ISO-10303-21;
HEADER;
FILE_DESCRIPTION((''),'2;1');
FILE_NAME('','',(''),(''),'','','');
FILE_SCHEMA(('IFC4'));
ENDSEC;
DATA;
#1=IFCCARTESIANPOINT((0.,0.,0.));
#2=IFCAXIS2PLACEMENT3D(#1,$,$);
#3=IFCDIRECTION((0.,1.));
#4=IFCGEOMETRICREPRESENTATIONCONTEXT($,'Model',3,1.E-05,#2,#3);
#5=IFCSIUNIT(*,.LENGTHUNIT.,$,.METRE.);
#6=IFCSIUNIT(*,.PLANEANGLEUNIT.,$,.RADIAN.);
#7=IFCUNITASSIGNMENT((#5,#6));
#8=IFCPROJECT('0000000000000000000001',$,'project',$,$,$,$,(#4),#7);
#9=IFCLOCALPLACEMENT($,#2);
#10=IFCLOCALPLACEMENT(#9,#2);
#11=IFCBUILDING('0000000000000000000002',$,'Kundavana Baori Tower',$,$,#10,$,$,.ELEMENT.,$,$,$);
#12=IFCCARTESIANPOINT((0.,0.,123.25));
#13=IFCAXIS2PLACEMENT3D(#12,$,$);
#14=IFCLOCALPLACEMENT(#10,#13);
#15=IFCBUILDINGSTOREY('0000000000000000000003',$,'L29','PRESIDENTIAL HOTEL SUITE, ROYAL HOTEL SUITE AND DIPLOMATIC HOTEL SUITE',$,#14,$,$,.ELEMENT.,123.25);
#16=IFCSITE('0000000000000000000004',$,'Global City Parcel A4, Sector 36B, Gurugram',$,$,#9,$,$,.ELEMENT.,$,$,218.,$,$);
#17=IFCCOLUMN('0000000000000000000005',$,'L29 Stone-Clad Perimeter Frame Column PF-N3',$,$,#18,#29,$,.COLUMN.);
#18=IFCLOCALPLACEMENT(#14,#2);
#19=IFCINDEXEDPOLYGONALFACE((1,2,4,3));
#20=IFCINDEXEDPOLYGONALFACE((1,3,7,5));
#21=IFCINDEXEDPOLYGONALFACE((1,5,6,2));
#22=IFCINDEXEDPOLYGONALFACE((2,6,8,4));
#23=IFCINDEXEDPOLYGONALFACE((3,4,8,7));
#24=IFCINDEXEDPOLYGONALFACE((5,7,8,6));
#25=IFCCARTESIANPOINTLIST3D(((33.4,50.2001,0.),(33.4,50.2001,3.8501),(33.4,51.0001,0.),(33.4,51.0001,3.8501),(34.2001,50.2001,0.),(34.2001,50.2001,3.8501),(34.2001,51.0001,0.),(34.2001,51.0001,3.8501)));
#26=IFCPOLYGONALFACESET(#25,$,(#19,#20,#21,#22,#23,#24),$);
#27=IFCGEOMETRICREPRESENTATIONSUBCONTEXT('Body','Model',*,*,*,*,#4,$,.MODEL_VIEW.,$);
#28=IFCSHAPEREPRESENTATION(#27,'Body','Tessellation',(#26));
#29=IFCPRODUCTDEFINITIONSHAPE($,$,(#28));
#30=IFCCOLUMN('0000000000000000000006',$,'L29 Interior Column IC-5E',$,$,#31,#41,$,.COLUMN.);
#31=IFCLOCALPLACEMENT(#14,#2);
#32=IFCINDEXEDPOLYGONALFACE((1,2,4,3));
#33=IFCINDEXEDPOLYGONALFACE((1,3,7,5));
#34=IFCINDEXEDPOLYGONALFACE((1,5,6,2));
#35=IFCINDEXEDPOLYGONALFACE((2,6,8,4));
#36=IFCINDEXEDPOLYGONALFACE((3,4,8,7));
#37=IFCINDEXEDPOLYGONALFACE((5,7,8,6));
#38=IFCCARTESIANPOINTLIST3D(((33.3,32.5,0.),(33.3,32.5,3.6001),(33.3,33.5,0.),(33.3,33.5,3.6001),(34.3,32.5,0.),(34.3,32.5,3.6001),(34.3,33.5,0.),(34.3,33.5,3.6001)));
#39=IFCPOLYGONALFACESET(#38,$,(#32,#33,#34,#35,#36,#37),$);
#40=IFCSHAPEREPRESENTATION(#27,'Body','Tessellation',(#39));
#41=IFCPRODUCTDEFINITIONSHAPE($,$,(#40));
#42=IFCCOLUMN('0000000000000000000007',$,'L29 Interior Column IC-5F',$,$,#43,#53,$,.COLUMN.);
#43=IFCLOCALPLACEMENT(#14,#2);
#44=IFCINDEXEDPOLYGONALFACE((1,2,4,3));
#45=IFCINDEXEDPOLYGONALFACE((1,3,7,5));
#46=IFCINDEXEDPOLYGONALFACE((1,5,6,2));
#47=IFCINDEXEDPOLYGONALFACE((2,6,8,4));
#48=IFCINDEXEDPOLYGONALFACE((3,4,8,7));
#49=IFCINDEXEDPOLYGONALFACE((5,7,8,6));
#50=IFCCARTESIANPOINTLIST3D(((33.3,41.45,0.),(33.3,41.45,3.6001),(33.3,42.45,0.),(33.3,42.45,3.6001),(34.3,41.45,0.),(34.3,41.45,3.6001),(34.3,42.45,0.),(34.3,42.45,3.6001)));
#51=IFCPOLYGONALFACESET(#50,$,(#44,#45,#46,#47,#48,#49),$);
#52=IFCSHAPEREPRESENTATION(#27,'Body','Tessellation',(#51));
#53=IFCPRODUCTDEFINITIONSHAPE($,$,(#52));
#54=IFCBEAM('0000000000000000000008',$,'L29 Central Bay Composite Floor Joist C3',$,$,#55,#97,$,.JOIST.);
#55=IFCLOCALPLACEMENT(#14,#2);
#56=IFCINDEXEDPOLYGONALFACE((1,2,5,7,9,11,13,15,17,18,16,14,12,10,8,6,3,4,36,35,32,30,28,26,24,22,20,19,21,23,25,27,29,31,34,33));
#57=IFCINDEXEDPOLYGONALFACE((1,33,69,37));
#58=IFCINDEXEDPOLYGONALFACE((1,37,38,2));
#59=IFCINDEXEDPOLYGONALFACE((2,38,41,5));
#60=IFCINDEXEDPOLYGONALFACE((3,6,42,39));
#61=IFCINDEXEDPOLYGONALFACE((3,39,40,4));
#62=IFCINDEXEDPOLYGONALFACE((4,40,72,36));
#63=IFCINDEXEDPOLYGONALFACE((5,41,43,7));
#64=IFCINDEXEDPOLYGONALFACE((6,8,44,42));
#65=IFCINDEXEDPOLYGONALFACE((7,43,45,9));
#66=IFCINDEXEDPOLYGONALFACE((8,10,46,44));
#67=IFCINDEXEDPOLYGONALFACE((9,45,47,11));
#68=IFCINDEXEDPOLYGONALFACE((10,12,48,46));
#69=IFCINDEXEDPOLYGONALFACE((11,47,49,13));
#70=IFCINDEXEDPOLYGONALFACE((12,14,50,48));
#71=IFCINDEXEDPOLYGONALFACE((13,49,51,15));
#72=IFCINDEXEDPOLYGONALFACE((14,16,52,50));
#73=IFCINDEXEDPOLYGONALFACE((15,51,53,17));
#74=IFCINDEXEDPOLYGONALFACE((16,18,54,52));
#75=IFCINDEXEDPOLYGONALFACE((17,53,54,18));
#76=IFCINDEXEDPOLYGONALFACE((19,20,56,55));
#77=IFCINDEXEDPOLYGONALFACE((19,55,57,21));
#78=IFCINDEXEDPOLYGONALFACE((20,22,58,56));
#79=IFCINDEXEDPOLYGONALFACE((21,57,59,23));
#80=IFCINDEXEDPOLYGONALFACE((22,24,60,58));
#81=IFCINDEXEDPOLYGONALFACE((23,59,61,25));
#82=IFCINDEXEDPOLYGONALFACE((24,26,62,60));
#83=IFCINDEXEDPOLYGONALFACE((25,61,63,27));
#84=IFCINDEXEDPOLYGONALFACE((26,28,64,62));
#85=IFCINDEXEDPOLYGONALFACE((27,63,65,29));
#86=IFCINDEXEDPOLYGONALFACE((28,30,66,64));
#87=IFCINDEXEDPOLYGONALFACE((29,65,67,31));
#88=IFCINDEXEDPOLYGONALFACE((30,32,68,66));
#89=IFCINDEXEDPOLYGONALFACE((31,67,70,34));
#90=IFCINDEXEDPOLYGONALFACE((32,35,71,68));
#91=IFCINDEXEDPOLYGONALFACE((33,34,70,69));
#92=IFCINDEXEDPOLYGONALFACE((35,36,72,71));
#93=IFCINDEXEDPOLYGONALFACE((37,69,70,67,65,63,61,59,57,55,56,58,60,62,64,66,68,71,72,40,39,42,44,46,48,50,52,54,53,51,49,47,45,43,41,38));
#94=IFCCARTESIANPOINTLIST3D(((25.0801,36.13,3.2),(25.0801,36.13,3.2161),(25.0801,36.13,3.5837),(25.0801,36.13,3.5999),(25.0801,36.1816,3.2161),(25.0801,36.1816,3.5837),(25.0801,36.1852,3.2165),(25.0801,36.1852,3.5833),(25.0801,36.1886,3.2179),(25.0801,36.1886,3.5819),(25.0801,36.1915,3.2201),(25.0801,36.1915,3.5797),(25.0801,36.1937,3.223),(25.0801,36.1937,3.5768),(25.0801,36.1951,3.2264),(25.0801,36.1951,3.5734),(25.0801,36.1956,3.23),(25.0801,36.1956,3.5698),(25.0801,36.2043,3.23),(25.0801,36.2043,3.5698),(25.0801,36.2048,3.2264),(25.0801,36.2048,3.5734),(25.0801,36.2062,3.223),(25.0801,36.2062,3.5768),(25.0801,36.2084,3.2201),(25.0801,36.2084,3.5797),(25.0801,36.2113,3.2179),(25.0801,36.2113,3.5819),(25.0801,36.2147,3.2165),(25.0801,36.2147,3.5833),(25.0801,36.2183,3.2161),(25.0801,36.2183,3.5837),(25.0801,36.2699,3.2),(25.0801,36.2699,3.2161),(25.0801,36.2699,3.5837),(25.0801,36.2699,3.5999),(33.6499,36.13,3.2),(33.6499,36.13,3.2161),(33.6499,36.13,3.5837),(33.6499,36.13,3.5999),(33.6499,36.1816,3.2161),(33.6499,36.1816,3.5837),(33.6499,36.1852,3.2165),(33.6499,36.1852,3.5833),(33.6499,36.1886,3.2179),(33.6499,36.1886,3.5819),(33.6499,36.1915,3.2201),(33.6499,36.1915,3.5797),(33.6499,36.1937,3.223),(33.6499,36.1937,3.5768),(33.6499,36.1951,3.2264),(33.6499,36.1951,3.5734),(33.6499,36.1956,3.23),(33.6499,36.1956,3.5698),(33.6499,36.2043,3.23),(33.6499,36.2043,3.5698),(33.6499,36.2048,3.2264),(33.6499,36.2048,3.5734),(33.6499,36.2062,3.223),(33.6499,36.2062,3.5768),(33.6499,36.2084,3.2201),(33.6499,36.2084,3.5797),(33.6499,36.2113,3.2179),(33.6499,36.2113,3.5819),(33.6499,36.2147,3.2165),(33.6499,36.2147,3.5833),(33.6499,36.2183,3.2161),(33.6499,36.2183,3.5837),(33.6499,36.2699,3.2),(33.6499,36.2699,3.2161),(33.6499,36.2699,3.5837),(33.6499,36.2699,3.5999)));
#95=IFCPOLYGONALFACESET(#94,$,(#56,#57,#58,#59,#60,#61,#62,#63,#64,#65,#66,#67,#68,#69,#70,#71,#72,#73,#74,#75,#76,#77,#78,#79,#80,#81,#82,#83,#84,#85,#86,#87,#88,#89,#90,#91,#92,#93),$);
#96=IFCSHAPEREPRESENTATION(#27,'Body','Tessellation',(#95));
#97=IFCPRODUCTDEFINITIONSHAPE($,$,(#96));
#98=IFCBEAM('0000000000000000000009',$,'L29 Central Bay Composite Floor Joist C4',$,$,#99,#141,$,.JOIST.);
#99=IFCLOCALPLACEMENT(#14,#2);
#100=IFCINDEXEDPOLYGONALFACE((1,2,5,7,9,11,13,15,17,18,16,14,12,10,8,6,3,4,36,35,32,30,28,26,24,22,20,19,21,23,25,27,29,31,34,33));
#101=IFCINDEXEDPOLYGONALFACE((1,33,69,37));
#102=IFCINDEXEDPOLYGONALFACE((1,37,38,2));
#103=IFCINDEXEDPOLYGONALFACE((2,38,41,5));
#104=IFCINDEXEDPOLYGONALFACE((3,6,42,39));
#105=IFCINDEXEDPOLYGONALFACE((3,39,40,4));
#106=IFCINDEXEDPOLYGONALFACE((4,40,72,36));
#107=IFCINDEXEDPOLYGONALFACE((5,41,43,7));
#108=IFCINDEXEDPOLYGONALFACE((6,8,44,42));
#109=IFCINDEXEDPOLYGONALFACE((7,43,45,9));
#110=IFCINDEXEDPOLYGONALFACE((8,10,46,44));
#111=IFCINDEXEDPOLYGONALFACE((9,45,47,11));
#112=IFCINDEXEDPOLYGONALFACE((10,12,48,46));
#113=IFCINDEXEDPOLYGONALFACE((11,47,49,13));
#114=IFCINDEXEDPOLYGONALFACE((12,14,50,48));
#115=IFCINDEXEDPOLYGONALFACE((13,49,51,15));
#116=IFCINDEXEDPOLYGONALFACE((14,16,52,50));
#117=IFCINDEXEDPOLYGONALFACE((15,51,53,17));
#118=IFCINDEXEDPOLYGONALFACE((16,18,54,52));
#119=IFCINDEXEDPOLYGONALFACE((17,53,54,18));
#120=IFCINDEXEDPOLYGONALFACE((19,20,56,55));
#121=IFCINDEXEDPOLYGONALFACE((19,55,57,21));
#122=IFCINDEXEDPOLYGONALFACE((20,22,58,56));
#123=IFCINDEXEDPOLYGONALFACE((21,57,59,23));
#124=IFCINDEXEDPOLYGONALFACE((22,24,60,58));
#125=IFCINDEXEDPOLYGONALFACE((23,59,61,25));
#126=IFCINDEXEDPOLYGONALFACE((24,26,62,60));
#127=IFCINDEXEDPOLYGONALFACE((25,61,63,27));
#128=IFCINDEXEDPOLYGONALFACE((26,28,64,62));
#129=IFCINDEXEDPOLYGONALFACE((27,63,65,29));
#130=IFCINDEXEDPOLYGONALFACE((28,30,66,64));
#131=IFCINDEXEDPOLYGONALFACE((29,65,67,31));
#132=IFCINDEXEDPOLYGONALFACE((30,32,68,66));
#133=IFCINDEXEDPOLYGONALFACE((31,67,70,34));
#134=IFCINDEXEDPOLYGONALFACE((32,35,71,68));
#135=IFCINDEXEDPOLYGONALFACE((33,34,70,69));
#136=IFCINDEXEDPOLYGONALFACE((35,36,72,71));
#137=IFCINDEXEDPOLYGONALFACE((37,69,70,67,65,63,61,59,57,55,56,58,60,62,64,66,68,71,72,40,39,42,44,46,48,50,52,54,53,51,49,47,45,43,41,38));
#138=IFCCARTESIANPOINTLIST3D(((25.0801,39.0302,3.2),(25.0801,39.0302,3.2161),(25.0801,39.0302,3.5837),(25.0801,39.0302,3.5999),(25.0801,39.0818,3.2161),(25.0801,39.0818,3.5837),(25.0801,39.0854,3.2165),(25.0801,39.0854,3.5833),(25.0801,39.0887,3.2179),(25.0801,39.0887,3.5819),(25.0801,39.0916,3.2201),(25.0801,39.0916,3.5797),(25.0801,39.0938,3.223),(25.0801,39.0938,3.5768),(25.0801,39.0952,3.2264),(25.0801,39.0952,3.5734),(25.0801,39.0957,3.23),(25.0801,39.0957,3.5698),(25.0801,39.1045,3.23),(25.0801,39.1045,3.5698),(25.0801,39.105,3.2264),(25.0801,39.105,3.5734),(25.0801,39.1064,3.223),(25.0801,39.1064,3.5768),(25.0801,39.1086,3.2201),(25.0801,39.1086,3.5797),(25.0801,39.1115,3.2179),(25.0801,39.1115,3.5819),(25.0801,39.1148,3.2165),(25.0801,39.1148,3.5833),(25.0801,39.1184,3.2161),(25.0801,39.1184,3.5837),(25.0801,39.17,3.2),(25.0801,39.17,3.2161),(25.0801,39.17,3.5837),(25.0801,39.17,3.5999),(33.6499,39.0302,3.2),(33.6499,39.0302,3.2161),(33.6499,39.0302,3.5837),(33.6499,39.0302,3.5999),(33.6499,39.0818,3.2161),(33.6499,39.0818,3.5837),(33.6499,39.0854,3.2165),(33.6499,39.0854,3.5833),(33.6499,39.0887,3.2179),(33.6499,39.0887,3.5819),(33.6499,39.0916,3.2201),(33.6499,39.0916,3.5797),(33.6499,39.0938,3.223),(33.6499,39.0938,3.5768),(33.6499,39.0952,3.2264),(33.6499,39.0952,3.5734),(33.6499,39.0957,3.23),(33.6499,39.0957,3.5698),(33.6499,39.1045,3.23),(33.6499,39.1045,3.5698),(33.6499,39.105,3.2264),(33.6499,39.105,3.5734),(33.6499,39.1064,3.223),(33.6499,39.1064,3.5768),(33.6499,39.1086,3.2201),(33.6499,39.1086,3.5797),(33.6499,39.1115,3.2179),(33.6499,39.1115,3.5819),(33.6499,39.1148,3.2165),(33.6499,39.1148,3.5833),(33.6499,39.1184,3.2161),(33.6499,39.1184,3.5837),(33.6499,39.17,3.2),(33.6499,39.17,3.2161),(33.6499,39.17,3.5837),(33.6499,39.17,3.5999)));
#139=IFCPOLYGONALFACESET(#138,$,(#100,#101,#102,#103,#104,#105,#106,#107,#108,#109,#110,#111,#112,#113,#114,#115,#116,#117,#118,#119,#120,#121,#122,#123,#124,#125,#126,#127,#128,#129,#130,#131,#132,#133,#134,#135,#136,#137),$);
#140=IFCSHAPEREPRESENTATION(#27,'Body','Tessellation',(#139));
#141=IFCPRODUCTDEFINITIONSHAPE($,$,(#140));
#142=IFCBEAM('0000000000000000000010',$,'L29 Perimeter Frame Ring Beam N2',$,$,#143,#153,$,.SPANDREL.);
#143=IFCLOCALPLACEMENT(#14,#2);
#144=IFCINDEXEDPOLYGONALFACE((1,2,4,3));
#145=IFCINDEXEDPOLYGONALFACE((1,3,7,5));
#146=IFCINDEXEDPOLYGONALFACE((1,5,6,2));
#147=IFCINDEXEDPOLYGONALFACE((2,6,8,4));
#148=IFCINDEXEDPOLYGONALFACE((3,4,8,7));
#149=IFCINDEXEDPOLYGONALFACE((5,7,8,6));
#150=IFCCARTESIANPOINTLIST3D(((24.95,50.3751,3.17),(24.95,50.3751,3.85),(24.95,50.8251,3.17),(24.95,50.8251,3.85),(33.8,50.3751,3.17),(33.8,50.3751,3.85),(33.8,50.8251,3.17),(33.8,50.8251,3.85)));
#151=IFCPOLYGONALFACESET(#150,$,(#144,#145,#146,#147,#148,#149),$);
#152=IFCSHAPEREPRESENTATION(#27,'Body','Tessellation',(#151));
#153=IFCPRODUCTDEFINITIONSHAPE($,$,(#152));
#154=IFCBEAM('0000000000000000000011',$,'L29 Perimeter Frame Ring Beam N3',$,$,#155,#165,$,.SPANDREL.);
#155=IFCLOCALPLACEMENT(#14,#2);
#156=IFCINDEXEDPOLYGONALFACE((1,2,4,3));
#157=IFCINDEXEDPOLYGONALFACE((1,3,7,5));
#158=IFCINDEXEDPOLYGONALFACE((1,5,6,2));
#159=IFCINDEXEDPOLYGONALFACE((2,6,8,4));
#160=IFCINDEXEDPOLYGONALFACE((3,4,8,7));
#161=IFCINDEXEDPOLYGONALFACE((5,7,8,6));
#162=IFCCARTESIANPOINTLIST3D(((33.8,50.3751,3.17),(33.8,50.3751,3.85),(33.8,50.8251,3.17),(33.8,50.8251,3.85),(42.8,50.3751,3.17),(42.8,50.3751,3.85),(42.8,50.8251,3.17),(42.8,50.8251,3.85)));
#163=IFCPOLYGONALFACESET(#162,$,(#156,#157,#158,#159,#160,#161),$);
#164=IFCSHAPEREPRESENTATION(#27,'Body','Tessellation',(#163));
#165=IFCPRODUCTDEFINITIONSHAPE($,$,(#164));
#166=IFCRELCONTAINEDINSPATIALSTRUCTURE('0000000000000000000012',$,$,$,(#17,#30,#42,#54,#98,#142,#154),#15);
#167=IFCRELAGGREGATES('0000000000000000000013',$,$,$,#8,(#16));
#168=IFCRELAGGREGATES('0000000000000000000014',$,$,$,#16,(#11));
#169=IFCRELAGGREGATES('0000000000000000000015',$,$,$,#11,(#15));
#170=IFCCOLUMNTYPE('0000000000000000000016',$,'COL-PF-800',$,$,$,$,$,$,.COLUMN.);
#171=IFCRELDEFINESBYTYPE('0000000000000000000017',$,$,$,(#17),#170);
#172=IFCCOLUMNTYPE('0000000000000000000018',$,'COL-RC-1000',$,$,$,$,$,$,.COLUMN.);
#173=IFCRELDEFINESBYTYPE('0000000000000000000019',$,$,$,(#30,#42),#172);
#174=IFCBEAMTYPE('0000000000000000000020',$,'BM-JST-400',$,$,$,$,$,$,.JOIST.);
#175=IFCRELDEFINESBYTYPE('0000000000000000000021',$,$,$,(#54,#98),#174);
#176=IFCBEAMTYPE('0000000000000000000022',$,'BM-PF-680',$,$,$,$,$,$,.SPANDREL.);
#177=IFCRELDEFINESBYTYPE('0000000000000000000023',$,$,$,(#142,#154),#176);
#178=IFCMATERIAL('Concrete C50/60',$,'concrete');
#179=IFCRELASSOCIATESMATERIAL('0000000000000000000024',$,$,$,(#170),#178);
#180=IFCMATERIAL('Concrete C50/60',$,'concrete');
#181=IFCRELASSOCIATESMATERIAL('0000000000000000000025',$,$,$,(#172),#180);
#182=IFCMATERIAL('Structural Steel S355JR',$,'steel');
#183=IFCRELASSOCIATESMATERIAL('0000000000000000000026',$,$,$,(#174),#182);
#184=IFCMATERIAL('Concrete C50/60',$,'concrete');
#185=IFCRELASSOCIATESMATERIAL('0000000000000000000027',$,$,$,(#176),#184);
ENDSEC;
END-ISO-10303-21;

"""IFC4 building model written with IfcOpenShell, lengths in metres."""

from ifc_helpers import new_model, si_unit, direction, frame, origin, origin_2d, place, context, subcontext, project, spatial, rectangle, i_section, extrude, material, material_profile, profile_set, type_object, element, save


model = new_model("IFC4")

# Units and contexts
model_context = context("Model", 3, precision=1e-05, world=origin(), true_north=direction((0.0, 1.0)))
body_context = subcontext(model_context, "Body", "Model", "MODEL_VIEW")
ifc_project = project(units=[si_unit("LENGTHUNIT", "METRE"), si_unit("PLANEANGLEUNIT", "RADIAN")], contexts=[model_context])

# Site, building, storey
site_placement = place(None, origin())
site = spatial("IfcSite", under=ifc_project, at=site_placement, Name="Global City Parcel A4, Sector 36B, Gurugram", CompositionType="ELEMENT", RefElevation=218.0)
building_placement = place(site_placement, origin())
building = spatial("IfcBuilding", under=site, at=building_placement, Name="Kundavana Baori Tower", CompositionType="ELEMENT")
storey_placement = place(building_placement, frame((0.0, 0.0, 123.25)))
storey = spatial("IfcBuildingStorey", under=building, at=storey_placement, Name="L29", Description="PRESIDENTIAL HOTEL SUITE, ROYAL HOTEL SUITE AND DIPLOMATIC HOTEL SUITE", CompositionType="ELEMENT", Elevation=123.25)

# Columns
ifc_material_1 = material(Name="Concrete C50/60", Category="concrete")
ifc_material_profile_1 = material_profile(ifc_material_1, rectangle(XDim=0.8, YDim=0.8, at=origin_2d()), Name="RC PF 800x800")
ifc_profile_set_1 = profile_set([ifc_material_profile_1], Name="Concrete C50/60")
column_type_1 = type_object("IfcColumnType", Name="COL-PF-800", PredefinedType="COLUMN", material=ifc_profile_set_1)
column_placement = place(storey_placement, frame((33.8, 50.6001, 0.0), z_axis=(0.0, 0.0, 1.0), x_axis=(1.0, 0.0, 0.0)))
element("IfcColumn", 1, at=column_placement, inside=storey, type_object=column_type_1, Name="L29 Stone-Clad Perimeter Frame Column PF-N3", PredefinedType="COLUMN", context=body_context, shape_type="SweptSolid", body=[
    extrude(rectangle(XDim=0.8, YDim=0.8, at=origin_2d()), origin(), (0.0, 0.0, 1.0), 3.8501),
])
ifc_material_2 = material(Name="Concrete C50/60", Category="concrete")
ifc_material_profile_2 = material_profile(ifc_material_2, rectangle(XDim=1.0, YDim=1.0, at=origin_2d()), Name="RC 1000x1000")
ifc_profile_set_2 = profile_set([ifc_material_profile_2], Name="Concrete C50/60")
column_type_2 = type_object("IfcColumnType", Name="COL-RC-1000", PredefinedType="COLUMN", material=ifc_profile_set_2)
for number, where, z_axis, x_axis, name in (
    (2, (33.8, 33.0, 0.0), (0.0, 0.0, 1.0), (1.0, 0.0, 0.0), "L29 Interior Column IC-5E"),
    (3, (33.8, 41.95, 0.0), (0.0, 0.0, 1.0), (1.0, 0.0, 0.0), "L29 Interior Column IC-5F"),
):
    element("IfcColumn", number, at=place(storey_placement, frame(where, z_axis=z_axis, x_axis=x_axis)), inside=storey, type_object=column_type_2, Name=name, PredefinedType="COLUMN", context=body_context, shape_type="SweptSolid", body=[
        extrude(rectangle(XDim=1.0, YDim=1.0, at=origin_2d()), origin(), (0.0, 0.0, 1.0), 3.6001),
    ])

# Beams
ifc_material_3 = material(Name="Structural Steel S355JR", Category="steel")
ifc_material_profile_3 = material_profile(ifc_material_3, i_section(OverallWidth=0.1399, OverallDepth=0.3999, WebThickness=0.0088, FlangeThickness=0.0161, FilletRadius=0.0139, at=origin_2d()), Name="ISMB 400")
ifc_profile_set_3 = profile_set([ifc_material_profile_3], Name="Structural Steel S355JR")
beam_type_1 = type_object("IfcBeamType", Name="BM-JST-400", PredefinedType="JOIST", material=ifc_profile_set_3)
for number, where, z_axis, x_axis, name in (
    (4, (25.0801, 36.2, 3.3999), (1.0, 0.0, 0.0), (0.0, 1.0, 0.0), "L29 Central Bay Composite Floor Joist C3"),
    (5, (25.0801, 39.1001, 3.3999), (1.0, 0.0, 0.0), (0.0, 1.0, 0.0), "L29 Central Bay Composite Floor Joist C4"),
):
    element("IfcBeam", number, at=place(storey_placement, frame(where, z_axis=z_axis, x_axis=x_axis)), inside=storey, type_object=beam_type_1, Name=name, PredefinedType="JOIST", context=body_context, shape_type="SweptSolid", body=[
        extrude(i_section(OverallWidth=0.1399, OverallDepth=0.3999, WebThickness=0.0088, FlangeThickness=0.0161, FilletRadius=0.0139, at=origin_2d()), origin(), (0.0, 0.0, 1.0), 8.5698),
    ])
ifc_material_4 = material(Name="Concrete C50/60", Category="concrete")
ifc_material_profile_4 = material_profile(ifc_material_4, rectangle(XDim=0.45, YDim=0.6799, at=origin_2d()), Name="RC BM 450x680")
ifc_profile_set_4 = profile_set([ifc_material_profile_4], Name="Concrete C50/60")
beam_type_2 = type_object("IfcBeamType", Name="BM-PF-680", PredefinedType="SPANDREL", material=ifc_profile_set_4)
beam_1_placement = place(storey_placement, frame((24.95, 50.6001, 3.51), z_axis=(1.0, 0.0, 0.0), x_axis=(0.0, 1.0, 0.0)))
element("IfcBeam", 6, at=beam_1_placement, inside=storey, type_object=beam_type_2, Name="L29 Perimeter Frame Ring Beam N2", PredefinedType="SPANDREL", context=body_context, shape_type="SweptSolid", body=[
    extrude(rectangle(XDim=0.45, YDim=0.6799, at=origin_2d()), origin(), (0.0, 0.0, 1.0), 8.8501),
])
beam_2_placement = place(storey_placement, frame((33.8, 50.6001, 3.51), z_axis=(1.0, 0.0, 0.0), x_axis=(0.0, 1.0, 0.0)))
element("IfcBeam", 7, at=beam_2_placement, inside=storey, type_object=beam_type_2, Name="L29 Perimeter Frame Ring Beam N3", PredefinedType="SPANDREL", context=body_context, shape_type="SweptSolid", body=[
    extrude(rectangle(XDim=0.45, YDim=0.6799, at=origin_2d()), origin(), (0.0, 0.0, 1.0), 9.0),
])

save(model, "model.ifc")
